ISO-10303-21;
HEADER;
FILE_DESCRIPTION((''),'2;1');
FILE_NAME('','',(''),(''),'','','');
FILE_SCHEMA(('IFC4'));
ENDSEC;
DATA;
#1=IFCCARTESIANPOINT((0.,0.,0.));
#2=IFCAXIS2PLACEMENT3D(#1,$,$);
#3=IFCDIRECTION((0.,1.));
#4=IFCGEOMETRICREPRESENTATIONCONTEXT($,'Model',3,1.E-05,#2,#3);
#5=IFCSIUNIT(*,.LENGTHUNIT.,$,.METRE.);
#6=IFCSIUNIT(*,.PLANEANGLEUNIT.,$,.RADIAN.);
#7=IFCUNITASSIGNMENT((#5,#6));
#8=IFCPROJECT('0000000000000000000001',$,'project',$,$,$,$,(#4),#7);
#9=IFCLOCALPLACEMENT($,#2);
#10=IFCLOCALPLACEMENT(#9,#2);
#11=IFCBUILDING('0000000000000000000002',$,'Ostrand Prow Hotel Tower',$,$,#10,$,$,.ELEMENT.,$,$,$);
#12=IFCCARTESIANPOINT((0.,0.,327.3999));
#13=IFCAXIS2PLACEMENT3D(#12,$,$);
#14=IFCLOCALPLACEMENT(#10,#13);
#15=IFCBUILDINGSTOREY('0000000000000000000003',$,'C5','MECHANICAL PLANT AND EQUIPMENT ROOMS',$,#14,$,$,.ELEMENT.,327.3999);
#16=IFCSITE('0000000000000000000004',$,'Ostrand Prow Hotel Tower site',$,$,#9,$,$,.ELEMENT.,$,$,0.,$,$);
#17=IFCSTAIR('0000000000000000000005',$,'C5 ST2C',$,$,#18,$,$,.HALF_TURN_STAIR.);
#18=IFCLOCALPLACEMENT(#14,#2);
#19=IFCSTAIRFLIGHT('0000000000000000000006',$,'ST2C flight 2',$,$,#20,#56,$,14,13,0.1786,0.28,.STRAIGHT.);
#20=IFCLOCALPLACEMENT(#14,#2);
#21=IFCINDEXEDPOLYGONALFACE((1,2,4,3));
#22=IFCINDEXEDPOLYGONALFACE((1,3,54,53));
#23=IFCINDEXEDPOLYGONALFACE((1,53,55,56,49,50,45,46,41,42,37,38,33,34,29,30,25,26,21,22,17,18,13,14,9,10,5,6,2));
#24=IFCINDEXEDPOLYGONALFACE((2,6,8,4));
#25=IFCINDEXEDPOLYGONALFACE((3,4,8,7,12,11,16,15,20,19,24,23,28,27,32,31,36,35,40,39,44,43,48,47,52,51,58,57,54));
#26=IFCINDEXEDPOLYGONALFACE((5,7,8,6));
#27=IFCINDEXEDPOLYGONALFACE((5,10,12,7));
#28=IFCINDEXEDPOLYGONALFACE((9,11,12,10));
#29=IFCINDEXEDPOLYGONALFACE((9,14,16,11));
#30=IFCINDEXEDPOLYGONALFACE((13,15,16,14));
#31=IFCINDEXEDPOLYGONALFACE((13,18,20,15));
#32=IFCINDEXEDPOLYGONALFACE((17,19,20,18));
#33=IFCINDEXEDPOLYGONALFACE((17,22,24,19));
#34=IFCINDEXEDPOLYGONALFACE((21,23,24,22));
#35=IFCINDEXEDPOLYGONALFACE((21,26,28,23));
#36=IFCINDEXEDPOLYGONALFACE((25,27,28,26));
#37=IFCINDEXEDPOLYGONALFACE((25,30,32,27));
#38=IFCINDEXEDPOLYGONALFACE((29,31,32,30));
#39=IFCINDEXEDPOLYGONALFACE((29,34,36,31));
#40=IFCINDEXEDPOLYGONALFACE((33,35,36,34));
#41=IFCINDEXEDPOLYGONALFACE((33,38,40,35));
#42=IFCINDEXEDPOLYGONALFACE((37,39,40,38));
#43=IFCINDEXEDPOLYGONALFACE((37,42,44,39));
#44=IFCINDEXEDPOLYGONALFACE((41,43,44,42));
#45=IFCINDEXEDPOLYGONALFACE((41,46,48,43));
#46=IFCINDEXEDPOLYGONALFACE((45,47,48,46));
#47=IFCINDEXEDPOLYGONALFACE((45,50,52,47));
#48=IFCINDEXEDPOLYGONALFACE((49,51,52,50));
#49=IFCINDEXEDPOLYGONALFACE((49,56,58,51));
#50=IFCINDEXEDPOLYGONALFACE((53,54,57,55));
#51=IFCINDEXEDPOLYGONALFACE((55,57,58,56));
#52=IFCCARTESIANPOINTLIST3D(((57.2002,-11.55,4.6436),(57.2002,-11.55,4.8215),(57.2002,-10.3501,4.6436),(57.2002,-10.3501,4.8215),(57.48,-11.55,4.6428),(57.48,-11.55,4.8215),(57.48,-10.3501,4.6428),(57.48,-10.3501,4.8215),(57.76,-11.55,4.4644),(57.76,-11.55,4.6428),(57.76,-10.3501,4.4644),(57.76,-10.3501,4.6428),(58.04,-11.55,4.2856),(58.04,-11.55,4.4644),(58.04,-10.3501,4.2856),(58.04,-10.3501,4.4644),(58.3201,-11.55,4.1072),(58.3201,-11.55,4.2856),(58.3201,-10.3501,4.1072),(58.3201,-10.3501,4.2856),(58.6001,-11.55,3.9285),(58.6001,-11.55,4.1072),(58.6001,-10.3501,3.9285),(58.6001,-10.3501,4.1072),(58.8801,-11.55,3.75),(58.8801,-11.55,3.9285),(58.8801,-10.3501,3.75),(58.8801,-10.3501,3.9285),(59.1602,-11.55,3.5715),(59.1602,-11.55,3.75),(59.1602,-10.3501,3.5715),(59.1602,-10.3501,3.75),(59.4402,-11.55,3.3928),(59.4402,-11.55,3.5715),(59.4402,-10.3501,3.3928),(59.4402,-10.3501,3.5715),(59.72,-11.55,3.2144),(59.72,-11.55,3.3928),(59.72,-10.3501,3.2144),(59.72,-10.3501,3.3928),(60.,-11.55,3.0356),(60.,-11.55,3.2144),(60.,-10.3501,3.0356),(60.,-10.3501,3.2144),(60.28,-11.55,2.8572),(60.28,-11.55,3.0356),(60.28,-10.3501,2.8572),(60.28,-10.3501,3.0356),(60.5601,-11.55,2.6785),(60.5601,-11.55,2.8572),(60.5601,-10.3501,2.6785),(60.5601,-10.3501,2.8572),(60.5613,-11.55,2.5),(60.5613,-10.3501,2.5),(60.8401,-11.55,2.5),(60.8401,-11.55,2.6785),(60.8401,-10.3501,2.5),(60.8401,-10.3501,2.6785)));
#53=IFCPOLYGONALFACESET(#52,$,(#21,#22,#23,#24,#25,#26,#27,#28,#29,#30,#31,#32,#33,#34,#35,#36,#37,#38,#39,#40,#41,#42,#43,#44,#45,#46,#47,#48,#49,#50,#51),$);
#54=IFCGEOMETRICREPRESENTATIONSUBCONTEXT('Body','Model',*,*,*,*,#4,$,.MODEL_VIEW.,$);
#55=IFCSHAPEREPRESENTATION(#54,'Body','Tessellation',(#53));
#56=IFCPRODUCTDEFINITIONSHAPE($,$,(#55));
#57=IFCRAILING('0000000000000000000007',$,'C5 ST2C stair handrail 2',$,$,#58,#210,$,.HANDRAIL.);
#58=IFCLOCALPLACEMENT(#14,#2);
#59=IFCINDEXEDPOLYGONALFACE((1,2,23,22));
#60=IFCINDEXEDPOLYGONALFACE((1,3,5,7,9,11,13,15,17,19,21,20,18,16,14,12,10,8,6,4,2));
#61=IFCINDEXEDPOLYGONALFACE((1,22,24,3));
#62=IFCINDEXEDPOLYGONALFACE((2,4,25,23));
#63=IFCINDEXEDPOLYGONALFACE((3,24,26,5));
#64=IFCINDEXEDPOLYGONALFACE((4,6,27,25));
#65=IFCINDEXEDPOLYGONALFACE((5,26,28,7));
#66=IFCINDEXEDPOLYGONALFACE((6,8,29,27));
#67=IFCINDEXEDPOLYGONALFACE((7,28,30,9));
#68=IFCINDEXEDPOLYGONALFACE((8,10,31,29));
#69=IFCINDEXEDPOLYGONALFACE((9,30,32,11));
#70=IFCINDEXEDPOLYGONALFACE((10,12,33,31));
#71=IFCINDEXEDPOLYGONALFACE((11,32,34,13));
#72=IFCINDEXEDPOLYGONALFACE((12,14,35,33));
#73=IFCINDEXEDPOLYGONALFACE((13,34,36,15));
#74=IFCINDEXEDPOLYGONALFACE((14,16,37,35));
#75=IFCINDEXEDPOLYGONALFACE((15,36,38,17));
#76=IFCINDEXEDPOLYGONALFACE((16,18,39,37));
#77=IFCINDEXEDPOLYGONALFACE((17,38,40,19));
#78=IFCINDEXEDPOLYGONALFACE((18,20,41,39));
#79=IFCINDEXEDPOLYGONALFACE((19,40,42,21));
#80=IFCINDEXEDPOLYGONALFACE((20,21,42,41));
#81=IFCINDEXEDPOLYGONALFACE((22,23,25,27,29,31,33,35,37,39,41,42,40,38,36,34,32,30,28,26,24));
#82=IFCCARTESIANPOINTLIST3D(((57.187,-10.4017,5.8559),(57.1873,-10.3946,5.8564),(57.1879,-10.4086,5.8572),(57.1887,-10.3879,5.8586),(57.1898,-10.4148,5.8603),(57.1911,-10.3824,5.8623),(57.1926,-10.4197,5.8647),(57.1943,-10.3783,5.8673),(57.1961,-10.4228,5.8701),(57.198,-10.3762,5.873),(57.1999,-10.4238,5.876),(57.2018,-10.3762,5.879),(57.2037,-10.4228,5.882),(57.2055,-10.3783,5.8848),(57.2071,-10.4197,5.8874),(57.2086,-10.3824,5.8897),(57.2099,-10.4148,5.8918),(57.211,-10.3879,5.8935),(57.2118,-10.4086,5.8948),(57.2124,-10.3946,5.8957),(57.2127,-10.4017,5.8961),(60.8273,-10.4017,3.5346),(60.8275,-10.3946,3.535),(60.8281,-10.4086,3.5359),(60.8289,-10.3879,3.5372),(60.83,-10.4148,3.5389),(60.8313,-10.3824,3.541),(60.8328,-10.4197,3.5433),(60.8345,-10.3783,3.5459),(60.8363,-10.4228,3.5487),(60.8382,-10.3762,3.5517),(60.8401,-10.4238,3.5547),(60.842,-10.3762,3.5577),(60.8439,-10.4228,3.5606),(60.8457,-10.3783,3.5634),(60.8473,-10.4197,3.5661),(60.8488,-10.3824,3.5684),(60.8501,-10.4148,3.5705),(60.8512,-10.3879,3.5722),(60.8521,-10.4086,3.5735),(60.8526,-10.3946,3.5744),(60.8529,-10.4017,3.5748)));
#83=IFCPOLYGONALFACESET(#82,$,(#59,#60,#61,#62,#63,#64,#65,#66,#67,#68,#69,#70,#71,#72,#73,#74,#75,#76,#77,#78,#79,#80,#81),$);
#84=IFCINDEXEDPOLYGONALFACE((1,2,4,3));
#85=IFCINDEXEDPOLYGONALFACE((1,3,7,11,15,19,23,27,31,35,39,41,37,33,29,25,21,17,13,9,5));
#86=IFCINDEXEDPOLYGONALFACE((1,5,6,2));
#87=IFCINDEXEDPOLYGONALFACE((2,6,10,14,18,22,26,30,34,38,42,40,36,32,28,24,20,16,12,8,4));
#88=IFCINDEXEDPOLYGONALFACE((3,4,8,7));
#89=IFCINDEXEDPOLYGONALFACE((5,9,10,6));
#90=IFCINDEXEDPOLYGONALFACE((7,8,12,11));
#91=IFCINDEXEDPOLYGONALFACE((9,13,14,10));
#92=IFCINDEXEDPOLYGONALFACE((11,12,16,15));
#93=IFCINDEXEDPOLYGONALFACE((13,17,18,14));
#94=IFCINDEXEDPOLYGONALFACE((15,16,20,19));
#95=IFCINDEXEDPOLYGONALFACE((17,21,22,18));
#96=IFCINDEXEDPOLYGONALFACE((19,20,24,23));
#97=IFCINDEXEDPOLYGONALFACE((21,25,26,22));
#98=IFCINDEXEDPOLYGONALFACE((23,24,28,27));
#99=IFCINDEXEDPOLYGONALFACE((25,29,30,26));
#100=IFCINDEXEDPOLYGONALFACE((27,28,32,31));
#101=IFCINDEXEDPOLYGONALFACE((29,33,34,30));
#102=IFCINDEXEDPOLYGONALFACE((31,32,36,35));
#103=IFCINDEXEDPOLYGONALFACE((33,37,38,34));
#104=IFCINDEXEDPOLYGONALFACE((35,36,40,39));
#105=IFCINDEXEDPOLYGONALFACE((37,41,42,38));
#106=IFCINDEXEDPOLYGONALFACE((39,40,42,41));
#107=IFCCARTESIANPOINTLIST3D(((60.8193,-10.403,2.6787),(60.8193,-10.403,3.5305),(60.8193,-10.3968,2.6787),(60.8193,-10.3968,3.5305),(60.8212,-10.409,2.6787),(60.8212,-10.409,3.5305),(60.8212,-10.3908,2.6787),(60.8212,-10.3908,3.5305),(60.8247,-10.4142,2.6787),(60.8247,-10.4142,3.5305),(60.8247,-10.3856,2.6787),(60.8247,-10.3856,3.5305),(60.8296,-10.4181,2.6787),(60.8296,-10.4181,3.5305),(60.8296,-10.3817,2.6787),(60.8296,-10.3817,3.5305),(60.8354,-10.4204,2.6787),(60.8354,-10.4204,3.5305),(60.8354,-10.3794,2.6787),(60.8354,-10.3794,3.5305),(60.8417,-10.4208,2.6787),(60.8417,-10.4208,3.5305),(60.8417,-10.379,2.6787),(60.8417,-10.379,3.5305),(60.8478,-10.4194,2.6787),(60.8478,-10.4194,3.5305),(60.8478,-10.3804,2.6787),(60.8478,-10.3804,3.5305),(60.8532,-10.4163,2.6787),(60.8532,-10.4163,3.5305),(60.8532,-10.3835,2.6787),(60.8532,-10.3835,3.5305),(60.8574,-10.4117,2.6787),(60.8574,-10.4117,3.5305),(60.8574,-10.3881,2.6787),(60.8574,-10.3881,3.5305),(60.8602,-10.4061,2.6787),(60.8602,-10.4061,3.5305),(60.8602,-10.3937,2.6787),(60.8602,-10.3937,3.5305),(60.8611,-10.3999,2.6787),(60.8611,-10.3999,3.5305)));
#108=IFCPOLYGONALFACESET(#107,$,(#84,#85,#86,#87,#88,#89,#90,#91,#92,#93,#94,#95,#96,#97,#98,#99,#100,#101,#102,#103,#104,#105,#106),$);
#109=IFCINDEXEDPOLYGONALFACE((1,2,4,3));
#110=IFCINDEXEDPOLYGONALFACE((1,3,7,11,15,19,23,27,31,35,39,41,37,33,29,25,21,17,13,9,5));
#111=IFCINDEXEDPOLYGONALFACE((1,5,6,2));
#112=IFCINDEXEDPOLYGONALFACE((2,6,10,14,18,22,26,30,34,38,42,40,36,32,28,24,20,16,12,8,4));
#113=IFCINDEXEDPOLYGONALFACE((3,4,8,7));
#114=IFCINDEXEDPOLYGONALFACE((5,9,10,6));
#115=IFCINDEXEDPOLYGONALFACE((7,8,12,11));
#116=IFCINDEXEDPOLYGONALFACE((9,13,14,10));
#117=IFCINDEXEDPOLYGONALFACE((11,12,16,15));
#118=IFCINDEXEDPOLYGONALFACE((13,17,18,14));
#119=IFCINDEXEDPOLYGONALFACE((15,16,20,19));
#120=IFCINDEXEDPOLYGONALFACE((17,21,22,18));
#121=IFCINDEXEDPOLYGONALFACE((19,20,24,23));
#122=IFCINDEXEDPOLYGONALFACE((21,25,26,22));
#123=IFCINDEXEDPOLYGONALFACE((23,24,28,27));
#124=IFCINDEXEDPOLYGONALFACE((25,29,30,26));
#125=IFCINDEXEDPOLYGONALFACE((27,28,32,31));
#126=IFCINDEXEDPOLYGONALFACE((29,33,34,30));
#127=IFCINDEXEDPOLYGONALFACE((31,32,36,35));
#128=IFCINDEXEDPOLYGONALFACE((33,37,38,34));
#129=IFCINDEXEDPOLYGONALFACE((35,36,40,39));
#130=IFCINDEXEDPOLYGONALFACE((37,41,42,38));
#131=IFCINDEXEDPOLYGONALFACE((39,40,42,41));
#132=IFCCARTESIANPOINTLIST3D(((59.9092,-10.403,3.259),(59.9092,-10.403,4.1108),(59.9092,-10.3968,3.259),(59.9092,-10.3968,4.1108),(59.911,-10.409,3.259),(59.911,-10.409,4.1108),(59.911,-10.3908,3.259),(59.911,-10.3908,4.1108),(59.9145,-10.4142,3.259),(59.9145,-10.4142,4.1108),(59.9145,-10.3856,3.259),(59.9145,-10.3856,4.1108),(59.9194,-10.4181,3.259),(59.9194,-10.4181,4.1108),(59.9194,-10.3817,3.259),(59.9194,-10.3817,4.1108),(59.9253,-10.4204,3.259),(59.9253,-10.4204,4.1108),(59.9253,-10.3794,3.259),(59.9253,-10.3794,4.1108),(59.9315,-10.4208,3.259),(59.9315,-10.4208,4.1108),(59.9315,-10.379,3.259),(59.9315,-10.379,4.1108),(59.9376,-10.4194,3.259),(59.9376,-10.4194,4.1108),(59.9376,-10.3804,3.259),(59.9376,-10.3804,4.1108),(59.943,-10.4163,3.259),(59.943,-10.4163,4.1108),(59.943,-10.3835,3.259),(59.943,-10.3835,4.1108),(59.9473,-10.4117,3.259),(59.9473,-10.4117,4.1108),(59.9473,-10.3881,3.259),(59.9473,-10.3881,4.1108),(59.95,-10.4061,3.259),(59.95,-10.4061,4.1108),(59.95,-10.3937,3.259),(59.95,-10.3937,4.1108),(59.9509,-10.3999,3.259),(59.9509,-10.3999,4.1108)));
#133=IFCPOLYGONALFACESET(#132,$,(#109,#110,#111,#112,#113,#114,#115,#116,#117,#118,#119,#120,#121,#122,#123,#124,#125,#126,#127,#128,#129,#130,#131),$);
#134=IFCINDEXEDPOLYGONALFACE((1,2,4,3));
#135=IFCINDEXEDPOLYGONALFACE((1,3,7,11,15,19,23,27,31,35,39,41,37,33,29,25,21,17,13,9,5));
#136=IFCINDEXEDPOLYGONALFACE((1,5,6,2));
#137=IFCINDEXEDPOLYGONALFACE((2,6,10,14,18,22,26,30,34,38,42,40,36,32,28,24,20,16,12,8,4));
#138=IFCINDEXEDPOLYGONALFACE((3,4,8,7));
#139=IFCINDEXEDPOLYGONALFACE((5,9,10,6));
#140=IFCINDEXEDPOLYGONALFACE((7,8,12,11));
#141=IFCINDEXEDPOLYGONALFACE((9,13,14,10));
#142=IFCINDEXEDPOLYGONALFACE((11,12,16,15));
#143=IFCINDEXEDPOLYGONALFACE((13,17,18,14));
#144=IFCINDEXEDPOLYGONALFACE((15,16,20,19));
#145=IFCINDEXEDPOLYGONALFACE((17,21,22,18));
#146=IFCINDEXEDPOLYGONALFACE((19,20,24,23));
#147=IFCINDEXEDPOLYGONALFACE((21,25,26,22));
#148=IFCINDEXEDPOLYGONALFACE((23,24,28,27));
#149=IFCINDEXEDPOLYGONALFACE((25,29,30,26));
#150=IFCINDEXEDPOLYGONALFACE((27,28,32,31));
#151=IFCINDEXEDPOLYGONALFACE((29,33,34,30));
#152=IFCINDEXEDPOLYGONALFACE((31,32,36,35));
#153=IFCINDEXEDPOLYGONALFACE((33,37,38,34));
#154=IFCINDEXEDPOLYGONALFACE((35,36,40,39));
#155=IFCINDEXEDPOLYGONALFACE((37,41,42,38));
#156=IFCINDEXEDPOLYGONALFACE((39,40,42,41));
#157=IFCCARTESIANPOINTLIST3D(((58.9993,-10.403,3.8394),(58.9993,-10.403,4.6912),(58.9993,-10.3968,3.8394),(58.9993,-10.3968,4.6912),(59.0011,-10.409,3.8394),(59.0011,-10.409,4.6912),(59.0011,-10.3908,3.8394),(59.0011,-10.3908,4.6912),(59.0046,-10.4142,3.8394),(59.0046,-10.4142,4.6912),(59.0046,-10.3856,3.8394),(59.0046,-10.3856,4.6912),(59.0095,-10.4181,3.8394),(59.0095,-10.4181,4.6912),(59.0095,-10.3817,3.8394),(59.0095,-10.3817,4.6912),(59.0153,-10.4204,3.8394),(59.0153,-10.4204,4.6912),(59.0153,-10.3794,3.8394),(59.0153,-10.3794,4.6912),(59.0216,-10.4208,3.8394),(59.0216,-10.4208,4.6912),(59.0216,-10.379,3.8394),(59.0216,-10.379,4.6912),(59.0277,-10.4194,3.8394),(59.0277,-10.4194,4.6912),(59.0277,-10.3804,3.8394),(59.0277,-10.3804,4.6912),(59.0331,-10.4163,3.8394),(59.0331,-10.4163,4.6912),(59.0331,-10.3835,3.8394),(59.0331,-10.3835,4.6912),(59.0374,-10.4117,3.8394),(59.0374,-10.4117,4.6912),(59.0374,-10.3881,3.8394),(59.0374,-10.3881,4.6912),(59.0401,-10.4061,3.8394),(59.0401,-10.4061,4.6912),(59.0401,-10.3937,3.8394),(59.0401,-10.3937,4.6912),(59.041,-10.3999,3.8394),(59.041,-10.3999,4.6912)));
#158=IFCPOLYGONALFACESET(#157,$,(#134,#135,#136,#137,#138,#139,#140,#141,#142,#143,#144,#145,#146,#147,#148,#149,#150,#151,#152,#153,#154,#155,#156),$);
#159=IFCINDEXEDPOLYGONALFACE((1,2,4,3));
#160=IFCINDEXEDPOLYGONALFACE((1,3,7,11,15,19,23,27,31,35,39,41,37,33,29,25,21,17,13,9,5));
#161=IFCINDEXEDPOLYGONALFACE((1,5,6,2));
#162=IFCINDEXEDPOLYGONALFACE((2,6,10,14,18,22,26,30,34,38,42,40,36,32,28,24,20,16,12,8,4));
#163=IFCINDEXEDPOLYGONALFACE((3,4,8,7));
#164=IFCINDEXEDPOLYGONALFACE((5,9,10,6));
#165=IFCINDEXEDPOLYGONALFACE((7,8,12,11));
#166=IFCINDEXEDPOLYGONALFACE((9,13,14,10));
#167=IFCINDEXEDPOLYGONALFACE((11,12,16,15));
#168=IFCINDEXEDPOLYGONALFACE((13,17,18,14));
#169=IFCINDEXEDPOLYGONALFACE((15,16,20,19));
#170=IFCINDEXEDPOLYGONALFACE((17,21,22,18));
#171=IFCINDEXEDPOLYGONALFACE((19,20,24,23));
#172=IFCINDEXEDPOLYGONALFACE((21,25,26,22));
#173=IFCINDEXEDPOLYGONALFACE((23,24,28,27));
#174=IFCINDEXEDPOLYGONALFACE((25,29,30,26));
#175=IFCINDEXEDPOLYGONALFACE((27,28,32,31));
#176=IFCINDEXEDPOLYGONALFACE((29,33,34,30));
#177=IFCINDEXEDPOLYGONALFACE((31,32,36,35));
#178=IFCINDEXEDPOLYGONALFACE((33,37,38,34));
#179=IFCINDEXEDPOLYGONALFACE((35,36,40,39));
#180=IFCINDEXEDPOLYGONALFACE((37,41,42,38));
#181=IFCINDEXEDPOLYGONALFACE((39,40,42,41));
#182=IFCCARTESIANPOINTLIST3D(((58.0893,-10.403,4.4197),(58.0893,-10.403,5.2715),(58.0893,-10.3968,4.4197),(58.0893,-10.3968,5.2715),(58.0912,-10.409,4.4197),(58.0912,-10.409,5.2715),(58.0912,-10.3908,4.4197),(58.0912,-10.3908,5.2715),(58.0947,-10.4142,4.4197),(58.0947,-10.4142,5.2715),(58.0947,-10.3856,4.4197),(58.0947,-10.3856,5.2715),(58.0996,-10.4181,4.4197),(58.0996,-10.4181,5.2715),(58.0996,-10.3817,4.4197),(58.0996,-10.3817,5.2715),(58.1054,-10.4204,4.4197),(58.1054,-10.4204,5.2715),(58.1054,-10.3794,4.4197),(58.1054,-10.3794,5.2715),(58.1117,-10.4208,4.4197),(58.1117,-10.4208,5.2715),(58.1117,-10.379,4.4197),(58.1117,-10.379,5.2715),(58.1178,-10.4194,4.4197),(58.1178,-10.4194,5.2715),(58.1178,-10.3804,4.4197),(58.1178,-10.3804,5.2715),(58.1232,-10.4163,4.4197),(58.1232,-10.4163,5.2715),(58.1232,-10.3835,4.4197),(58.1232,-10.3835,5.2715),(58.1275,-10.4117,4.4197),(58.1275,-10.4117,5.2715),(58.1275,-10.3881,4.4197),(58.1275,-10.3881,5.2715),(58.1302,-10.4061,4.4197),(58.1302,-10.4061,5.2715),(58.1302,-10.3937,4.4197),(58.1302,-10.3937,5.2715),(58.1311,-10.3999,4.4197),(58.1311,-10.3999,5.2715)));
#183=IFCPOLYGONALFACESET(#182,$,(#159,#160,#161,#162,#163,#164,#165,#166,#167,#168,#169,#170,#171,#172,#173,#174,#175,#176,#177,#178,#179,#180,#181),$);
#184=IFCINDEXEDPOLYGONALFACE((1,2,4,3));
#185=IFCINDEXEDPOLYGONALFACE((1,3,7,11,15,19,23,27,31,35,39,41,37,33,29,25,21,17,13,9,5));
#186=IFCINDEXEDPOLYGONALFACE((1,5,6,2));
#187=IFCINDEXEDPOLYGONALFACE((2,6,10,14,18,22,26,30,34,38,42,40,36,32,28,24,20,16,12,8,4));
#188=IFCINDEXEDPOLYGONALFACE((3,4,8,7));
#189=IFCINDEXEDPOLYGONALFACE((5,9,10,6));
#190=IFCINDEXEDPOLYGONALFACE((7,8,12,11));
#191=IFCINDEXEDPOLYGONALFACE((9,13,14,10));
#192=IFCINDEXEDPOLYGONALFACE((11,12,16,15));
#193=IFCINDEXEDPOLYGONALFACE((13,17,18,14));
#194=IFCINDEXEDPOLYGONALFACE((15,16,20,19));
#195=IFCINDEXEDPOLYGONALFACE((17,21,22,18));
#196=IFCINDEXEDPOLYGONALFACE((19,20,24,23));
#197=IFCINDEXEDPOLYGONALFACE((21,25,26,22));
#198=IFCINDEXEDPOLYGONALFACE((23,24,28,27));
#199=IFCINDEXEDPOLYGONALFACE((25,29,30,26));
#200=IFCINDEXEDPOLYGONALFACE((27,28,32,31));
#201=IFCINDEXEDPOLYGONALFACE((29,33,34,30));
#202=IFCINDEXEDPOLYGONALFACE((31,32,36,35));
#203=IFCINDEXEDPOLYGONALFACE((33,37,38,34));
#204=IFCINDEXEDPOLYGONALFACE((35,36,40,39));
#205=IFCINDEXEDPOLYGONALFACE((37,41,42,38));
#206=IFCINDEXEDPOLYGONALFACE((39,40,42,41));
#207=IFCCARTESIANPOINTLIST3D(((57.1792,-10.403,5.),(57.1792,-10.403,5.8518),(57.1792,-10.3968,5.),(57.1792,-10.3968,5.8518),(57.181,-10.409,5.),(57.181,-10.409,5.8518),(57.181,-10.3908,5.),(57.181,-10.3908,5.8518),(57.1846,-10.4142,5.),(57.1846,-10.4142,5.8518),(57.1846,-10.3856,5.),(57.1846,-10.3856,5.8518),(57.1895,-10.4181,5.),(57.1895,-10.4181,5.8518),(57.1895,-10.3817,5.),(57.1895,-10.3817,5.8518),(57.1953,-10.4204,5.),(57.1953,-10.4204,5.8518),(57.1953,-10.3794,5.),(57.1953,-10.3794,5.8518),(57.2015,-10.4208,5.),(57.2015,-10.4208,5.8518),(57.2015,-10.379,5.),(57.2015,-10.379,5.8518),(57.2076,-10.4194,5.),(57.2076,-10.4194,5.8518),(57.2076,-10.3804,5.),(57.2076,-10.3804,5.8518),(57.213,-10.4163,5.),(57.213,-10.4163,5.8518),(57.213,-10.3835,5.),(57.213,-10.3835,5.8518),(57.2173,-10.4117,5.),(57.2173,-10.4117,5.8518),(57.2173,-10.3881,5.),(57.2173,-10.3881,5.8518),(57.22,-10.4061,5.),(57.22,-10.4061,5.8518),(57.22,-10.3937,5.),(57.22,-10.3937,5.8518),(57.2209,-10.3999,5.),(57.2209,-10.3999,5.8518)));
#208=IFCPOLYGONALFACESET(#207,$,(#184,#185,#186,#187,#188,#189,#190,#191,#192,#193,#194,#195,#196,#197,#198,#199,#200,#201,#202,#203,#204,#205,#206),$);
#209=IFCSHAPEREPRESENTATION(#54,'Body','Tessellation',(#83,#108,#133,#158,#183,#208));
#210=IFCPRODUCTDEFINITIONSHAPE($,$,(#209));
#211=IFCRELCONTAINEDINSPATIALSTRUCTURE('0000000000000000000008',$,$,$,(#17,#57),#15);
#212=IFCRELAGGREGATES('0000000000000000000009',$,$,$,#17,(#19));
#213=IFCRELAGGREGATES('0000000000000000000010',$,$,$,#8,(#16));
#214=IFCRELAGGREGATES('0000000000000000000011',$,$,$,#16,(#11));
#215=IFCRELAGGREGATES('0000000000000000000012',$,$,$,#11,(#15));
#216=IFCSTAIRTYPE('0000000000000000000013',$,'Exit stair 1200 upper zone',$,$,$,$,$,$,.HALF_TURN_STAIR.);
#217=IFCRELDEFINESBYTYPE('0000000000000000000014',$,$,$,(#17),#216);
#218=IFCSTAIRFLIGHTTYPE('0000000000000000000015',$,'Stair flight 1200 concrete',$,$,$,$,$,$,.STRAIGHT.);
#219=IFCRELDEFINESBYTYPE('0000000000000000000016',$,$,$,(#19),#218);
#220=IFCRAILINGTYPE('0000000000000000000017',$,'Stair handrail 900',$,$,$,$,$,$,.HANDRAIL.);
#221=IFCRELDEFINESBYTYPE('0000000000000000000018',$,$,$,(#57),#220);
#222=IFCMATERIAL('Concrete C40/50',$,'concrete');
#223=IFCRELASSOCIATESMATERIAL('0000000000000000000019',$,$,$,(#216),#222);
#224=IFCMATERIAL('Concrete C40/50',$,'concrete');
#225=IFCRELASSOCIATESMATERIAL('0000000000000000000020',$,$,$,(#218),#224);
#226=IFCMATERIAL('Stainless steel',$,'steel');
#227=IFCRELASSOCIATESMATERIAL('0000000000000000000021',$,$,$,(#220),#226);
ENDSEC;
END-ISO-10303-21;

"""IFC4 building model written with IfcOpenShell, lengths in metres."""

from ifc_helpers import new_model, si_unit, direction, frame, origin, origin_2d, place, context, subcontext, project, spatial, polyline, circle, outline, extrude, material, type_object, element, aggregate, save


model = new_model("IFC4")

# Units and contexts
model_context = context("Model", 3, precision=1e-05, world=origin(), true_north=direction((0.0, 1.0)))
body_context = subcontext(model_context, "Body", "Model", "MODEL_VIEW")
ifc_project = project(units=[si_unit("LENGTHUNIT", "METRE"), si_unit("PLANEANGLEUNIT", "RADIAN")], contexts=[model_context])

# Site, building, storey
site_placement = place(None, origin())
site = spatial("IfcSite", under=ifc_project, at=site_placement, Name="Ostrand Prow Hotel Tower site", CompositionType="ELEMENT", RefElevation=0.0)
building_placement = place(site_placement, origin())
building = spatial("IfcBuilding", under=site, at=building_placement, Name="Ostrand Prow Hotel Tower", CompositionType="ELEMENT")
storey_placement = place(building_placement, frame((0.0, 0.0, 327.3999)))
storey = spatial("IfcBuildingStorey", under=building, at=storey_placement, Name="C5", Description="MECHANICAL PLANT AND EQUIPMENT ROOMS", CompositionType="ELEMENT", Elevation=327.3999)

# Stair, stair flight
ifc_material_1 = material(Name="Concrete C40/50", Category="concrete")
stair_type = type_object("IfcStairType", Name="Exit stair 1200 upper zone", PredefinedType="HALF_TURN_STAIR", material=ifc_material_1)
stair_placement = place(storey_placement, origin())
stair = element("IfcStair", 1, at=stair_placement, inside=storey, type_object=stair_type, Name="C5 ST2C", PredefinedType="HALF_TURN_STAIR")
ifc_material_2 = material(Name="Concrete C40/50", Category="concrete")
stair_flight_type = type_object("IfcStairFlightType", Name="Stair flight 1200 concrete", PredefinedType="STRAIGHT", material=ifc_material_2)
stair_flight_placement = place(storey_placement, frame((60.8401, -10.95, 2.5), z_axis=(0.0, 0.0, 1.0), x_axis=(-1.0, 0.0, 0.0)))
stair_flight = element("IfcStairFlight", 2, at=stair_flight_placement, type_object=stair_flight_type, Name="ST2C flight 2", NumberOfRisers=14, NumberOfTreads=13, PredefinedType="STRAIGHT", RiserHeight=0.1786, TreadLength=0.28, context=body_context, shape_type="SweptSolid", body=[
    extrude(outline(polyline([(0.0, 0.0), (0.0, 0.1785), (0.28, 0.1785), (0.28, 0.3572), (0.5601, 0.3572), (0.5601, 0.5356), (0.8401, 0.5356), (0.8401, 0.7144), (1.1201, 0.7144), (1.1201, 0.8928), (1.3999, 0.8928), (1.3999, 1.0715), (1.6799, 1.0715), (1.6799, 1.25), (1.96, 1.25), (1.96, 1.4285), (2.24, 1.4285), (2.24, 1.6072), (2.52, 1.6072), (2.52, 1.7856), (2.8, 1.7856), (2.8, 1.9644), (3.0801, 1.9644), (3.0801, 2.1428), (3.3601, 2.1428), (3.3601, 2.3215), (3.6399, 2.3215), (3.6399, 2.5), (3.6399, 2.1436), (0.2788, 0.0), (0.0, 0.0)])), frame((0.0, 0.6001, 0.0), z_axis=(0.0, -1.0, 0.0), x_axis=(1.0, 0.0, 0.0)), (0.0, 0.0, 1.0), 1.2),
])
aggregate(stair, [stair_flight])

# Railing
ifc_material_3 = material(Name="Stainless steel", Category="steel")
railing_type = type_object("IfcRailingType", Name="Stair handrail 900", PredefinedType="HANDRAIL", material=ifc_material_3)
railing_placement = place(storey_placement, frame((60.8401, -10.3999, 2.6787)))
element("IfcRailing", 3, at=railing_placement, inside=storey, type_object=railing_type, Name="C5 ST2C stair handrail 2", PredefinedType="HANDRAIL", context=body_context, shape_type="SweptSolid", body=[
    extrude(circle(Radius=0.0239, at=origin_2d()), frame((0.0, 0.0, 0.876), z_axis=(-0.843153, 0.0, 0.537673), x_axis=(0.0, -1.0, 0.0)), (0.0, 0.0, 1.0), 4.3174),
    extrude(circle(Radius=0.021, at=origin_2d()), origin(), (0.0, 0.0, 1.0), 0.8518),
    extrude(circle(Radius=0.021, at=origin_2d()), frame((-0.9102, 0.0, 0.5803)), (0.0, 0.0, 1.0), 0.8518),
    extrude(circle(Radius=0.021, at=origin_2d()), frame((-1.8201, 0.0, 1.1606)), (0.0, 0.0, 1.0), 0.8518),
    extrude(circle(Radius=0.021, at=origin_2d()), frame((-2.73, 0.0, 1.741)), (0.0, 0.0, 1.0), 0.8518),
    extrude(circle(Radius=0.021, at=origin_2d()), frame((-3.6401, 0.0, 2.3213)), (0.0, 0.0, 1.0), 0.8518),
])

save(model, "model.ifc")
